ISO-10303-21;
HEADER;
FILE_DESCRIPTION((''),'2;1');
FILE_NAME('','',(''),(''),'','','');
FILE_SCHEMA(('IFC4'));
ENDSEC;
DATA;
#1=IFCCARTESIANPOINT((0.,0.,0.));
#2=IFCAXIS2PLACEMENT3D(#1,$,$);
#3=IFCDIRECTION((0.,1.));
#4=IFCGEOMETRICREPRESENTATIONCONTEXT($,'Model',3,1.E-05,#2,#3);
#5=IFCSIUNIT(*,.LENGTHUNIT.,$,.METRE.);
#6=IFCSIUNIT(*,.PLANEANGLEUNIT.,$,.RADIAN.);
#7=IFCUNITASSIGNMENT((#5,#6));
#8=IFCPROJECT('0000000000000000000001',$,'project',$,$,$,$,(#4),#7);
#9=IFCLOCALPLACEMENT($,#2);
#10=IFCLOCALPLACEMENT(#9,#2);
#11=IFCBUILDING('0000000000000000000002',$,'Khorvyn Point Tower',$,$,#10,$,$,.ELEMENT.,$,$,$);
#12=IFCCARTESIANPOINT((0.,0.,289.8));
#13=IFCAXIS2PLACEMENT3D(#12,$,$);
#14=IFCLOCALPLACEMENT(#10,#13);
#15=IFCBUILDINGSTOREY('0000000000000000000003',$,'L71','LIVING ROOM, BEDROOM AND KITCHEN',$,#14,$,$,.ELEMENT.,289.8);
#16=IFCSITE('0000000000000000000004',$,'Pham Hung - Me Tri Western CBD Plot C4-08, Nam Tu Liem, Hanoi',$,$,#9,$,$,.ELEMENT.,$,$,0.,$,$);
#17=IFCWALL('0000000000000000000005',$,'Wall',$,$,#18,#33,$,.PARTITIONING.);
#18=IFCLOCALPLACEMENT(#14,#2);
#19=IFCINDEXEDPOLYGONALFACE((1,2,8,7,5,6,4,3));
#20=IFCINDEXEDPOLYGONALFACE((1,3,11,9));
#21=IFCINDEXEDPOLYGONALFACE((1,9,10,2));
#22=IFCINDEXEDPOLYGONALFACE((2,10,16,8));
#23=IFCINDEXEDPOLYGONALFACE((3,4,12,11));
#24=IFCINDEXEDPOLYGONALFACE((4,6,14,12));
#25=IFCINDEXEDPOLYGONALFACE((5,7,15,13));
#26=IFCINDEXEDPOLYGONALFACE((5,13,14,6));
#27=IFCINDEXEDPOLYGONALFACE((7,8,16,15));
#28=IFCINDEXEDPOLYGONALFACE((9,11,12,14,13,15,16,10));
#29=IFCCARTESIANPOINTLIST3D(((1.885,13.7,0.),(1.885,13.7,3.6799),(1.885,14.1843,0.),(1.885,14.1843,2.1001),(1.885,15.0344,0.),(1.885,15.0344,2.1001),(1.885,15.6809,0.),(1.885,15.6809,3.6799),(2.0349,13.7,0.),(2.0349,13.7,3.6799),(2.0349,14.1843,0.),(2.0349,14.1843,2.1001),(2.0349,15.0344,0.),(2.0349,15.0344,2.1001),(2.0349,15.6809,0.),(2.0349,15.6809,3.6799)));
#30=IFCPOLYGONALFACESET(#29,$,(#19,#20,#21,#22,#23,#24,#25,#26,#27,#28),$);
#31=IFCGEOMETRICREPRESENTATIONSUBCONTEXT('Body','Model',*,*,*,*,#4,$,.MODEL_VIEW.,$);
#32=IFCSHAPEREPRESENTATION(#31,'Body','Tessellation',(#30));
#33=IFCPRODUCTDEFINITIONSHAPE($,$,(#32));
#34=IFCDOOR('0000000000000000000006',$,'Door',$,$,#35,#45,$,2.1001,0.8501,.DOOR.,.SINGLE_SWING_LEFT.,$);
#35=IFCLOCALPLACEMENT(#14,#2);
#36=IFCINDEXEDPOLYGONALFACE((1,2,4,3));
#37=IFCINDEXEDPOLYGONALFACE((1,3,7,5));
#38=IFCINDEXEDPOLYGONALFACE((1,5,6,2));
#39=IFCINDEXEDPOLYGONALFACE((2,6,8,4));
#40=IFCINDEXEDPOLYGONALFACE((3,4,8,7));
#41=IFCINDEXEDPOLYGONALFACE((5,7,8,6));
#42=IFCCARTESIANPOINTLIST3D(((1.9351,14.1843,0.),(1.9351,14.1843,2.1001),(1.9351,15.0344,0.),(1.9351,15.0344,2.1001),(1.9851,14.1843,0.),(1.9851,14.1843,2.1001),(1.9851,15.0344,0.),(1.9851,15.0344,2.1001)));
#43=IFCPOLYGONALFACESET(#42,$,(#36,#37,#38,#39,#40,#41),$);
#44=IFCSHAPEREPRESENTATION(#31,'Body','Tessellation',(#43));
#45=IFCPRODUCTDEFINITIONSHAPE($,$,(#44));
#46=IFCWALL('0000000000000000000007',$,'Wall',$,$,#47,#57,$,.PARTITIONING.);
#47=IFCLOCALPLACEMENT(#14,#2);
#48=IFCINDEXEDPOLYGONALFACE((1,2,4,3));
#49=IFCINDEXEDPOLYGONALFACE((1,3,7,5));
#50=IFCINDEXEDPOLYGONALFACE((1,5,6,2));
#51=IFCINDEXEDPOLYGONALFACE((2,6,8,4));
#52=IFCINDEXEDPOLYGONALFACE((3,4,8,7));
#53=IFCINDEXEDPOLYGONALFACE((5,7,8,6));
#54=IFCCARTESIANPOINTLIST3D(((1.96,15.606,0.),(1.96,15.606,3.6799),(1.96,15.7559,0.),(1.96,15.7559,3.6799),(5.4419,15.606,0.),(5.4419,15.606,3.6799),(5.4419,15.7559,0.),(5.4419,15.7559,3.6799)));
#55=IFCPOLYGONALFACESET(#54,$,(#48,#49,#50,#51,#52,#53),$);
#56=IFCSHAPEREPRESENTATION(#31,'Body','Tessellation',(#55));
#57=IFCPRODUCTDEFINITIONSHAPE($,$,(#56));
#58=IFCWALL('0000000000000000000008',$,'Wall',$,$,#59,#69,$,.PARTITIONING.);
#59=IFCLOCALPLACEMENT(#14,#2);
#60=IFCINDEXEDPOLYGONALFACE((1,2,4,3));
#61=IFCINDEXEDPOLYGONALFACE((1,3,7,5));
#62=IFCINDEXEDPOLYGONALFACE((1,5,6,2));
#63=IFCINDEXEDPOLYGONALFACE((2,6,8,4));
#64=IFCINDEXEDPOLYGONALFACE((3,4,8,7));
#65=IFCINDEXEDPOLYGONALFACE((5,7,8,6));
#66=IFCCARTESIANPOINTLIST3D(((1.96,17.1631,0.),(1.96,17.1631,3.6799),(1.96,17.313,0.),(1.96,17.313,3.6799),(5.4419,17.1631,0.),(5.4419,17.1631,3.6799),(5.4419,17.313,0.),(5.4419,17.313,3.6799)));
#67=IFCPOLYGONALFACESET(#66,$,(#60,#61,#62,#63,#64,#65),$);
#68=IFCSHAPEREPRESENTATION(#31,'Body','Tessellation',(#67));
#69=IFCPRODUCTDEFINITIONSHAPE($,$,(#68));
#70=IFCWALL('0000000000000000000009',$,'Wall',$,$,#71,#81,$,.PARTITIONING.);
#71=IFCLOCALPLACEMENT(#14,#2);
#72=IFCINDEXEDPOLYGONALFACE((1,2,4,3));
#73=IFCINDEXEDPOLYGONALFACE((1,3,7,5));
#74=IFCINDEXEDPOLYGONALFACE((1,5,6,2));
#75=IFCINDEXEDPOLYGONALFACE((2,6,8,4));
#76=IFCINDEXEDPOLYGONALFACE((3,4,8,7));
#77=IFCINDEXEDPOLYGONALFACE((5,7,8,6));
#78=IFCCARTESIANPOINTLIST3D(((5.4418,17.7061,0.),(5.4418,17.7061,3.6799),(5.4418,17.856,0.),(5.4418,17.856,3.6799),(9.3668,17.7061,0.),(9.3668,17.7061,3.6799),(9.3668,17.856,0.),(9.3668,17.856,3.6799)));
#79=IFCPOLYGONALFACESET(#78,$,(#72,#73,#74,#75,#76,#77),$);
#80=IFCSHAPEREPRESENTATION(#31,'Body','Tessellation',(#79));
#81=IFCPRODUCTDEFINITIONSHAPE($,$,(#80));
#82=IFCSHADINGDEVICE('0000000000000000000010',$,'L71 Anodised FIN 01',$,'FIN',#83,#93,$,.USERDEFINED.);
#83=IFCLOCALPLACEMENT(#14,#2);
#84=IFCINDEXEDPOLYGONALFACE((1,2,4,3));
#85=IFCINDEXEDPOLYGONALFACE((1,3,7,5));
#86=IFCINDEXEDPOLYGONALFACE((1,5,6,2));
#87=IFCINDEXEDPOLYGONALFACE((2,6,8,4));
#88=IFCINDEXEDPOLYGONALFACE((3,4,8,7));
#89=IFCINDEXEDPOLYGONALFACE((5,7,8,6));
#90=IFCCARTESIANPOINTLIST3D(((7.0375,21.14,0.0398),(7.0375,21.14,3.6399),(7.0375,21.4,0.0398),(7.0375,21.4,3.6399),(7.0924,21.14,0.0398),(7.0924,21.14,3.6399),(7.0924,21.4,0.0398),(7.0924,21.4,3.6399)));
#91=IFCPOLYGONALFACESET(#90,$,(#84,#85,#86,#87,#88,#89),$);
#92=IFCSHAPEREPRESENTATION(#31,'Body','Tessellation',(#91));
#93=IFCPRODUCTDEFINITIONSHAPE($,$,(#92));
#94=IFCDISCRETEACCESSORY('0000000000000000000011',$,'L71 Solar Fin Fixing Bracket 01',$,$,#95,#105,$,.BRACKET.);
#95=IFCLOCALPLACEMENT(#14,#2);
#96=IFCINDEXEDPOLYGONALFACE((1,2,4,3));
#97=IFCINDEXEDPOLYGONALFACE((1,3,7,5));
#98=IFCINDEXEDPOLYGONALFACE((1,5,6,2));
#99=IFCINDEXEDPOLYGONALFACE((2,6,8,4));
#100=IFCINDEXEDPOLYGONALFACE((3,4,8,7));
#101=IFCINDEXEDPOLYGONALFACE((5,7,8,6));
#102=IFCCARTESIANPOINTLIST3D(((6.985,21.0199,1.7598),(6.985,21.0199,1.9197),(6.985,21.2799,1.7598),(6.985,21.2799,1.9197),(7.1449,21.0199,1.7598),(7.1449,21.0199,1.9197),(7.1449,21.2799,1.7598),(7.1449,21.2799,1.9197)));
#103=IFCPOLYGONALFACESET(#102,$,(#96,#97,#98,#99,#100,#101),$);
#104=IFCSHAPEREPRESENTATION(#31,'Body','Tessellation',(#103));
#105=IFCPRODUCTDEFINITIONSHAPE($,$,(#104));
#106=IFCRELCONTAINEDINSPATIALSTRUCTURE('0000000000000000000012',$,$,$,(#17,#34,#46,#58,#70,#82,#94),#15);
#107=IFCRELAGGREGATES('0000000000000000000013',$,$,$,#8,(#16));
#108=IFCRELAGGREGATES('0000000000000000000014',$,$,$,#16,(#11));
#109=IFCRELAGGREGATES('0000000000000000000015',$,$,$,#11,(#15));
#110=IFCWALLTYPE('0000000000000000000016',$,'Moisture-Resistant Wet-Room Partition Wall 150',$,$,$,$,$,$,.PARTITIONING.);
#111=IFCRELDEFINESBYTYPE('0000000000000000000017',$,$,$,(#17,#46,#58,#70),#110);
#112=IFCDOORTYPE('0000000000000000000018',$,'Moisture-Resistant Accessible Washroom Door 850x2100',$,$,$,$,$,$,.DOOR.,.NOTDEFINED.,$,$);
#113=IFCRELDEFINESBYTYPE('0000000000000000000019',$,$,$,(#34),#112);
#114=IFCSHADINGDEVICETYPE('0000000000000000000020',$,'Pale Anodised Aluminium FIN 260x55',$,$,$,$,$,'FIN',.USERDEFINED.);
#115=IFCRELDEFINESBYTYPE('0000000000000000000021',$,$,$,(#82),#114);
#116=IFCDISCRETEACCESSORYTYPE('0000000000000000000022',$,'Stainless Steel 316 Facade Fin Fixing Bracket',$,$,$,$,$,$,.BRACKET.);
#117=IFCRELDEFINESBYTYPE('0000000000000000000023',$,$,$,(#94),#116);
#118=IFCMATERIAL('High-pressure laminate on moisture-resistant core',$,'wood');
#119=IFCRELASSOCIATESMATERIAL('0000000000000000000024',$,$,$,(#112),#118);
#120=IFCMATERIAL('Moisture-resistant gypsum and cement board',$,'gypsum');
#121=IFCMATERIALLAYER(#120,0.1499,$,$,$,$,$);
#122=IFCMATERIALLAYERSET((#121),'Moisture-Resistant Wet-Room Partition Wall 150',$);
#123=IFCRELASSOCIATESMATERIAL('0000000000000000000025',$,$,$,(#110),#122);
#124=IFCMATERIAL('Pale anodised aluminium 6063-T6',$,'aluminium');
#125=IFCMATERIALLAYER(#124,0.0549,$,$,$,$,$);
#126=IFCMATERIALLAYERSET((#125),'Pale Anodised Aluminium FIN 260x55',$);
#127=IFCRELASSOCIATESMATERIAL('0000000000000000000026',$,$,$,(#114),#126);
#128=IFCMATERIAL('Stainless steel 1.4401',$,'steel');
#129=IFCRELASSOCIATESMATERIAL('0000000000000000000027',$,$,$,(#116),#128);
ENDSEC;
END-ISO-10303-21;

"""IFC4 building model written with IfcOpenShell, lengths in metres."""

from ifc_helpers import new_model, si_unit, direction, frame, frame_2d, origin, origin_2d, place, context, subcontext, project, spatial, rectangle, extrude, material, layer, layer_set, type_object, element, fill, save


model = new_model("IFC4")

# Units and contexts
model_context = context("Model", 3, precision=1e-05, world=origin(), true_north=direction((0.0, 1.0)))
body_context = subcontext(model_context, "Body", "Model", "MODEL_VIEW")
ifc_project = project(units=[si_unit("LENGTHUNIT", "METRE"), si_unit("PLANEANGLEUNIT", "RADIAN")], contexts=[model_context])

# Site, building, storey
site_placement = place(None, origin())
site = spatial("IfcSite", under=ifc_project, at=site_placement, Name="Pham Hung - Me Tri Western CBD Plot C4-08, Nam Tu Liem, Hanoi", CompositionType="ELEMENT", RefElevation=0.0)
building_placement = place(site_placement, origin())
building = spatial("IfcBuilding", under=site, at=building_placement, Name="Khorvyn Point Tower", CompositionType="ELEMENT")
storey_placement = place(building_placement, frame((0.0, 0.0, 289.8)))
storey = spatial("IfcBuildingStorey", under=building, at=storey_placement, Name="L71", Description="LIVING ROOM, BEDROOM AND KITCHEN", CompositionType="ELEMENT", Elevation=289.8)

# Wall, opening, door
ifc_material_1 = material(Name="High-pressure laminate on moisture-resistant core", Category="wood")
door_type_1 = type_object("IfcDoorType", Name="Moisture-Resistant Accessible Washroom Door 850x2100", OperationType="NOTDEFINED", PredefinedType="DOOR", material=ifc_material_1)
ifc_material_2 = material(Name="Moisture-resistant gypsum and cement board", Category="gypsum")
ifc_layer_1 = layer(ifc_material_2, 0.1499)
ifc_layer_set_1 = layer_set([ifc_layer_1], Name="Moisture-Resistant Wet-Room Partition Wall 150")
wall_type_1 = type_object("IfcWallType", Name="Moisture-Resistant Wet-Room Partition Wall 150", PredefinedType="PARTITIONING", material=ifc_layer_set_1)
wall_1_placement = place(storey_placement, frame((1.96, 13.7, 0.0), z_axis=(0.0, 0.0, 1.0), x_axis=(0.0, 1.0, 0.0)))
wall_1 = element("IfcWall", 1, at=wall_1_placement, inside=storey, type_object=wall_type_1, Name="Wall", PredefinedType="PARTITIONING", context=body_context, shape_type="SweptSolid", body=[
    extrude(rectangle(XDim=1.981, YDim=0.1499, at=frame_2d((0.9905, 0.0))), origin(), (0.0, 0.0, 1.0), 3.6799),
])
opening_1_placement = place(wall_1_placement, frame((0.4844, 0.0, 0.0)))
opening_1 = element("IfcOpeningElement", 2, at=opening_1_placement, cuts=wall_1, PredefinedType="OPENING", context=body_context, shape_type="SweptSolid", body=[
    extrude(rectangle(XDim=0.8501, YDim=2.1001, at=frame_2d((0.425, 1.05))), frame((0.0, 0.085, 0.0), z_axis=(0.0, -1.0, 0.0), x_axis=(1.0, 0.0, 0.0)), (0.0, 0.0, 1.0), 0.1699),
])
door_1_placement = place(opening_1_placement, origin())
door_1 = element("IfcDoor", 3, at=door_1_placement, inside=storey, type_object=door_type_1, Name="Door", OperationType="SINGLE_SWING_LEFT", OverallHeight=2.1001, OverallWidth=0.8501, PredefinedType="DOOR", context=body_context, shape_type="SweptSolid", body=[
    extrude(rectangle(XDim=0.8501, YDim=2.1001, at=frame_2d((0.425, 1.05))), frame((0.0, 0.0249, 0.0), z_axis=(0.0, -1.0, 0.0), x_axis=(1.0, 0.0, 0.0)), (0.0, 0.0, 1.0), 0.05),
])
fill(opening_1, door_1)

# Walls
for number, where, z_axis, x_axis, name in (
    (4, (1.96, 15.6809, 0.0), (0.0, 0.0, 1.0), (1.0, 0.0, 0.0), "Wall"),
    (5, (1.96, 17.238, 0.0), (0.0, 0.0, 1.0), (1.0, 0.0, 0.0), "Wall"),
):
    element("IfcWall", number, at=place(storey_placement, frame(where, z_axis=z_axis, x_axis=x_axis)), inside=storey, type_object=wall_type_1, Name=name, PredefinedType="PARTITIONING", context=body_context, shape_type="SweptSolid", body=[
        extrude(rectangle(XDim=3.4819, YDim=0.1499, at=frame_2d((1.741, 0.0))), origin(), (0.0, 0.0, 1.0), 3.6799),
    ])
wall_2_placement = place(storey_placement, frame((5.4419, 17.781, 0.0), z_axis=(0.0, 0.0, 1.0), x_axis=(1.0, 0.0, 0.0)))
element("IfcWall", 6, at=wall_2_placement, inside=storey, type_object=wall_type_1, Name="Wall", PredefinedType="PARTITIONING", context=body_context, shape_type="SweptSolid", body=[
    extrude(rectangle(XDim=3.925, YDim=0.1499, at=frame_2d((1.9624, 0.0))), origin(), (0.0, 0.0, 1.0), 3.6799),
])

# Shading device
ifc_material_3 = material(Name="Pale anodised aluminium 6063-T6", Category="aluminium")
ifc_layer_2 = layer(ifc_material_3, 0.0549)
ifc_layer_set_2 = layer_set([ifc_layer_2], Name="Pale Anodised Aluminium FIN 260x55")
shading_device_type = type_object("IfcShadingDeviceType", Name="Pale Anodised Aluminium FIN 260x55", ElementType="FIN", PredefinedType="USERDEFINED", material=ifc_layer_set_2)
shading_device_placement = place(storey_placement, frame((7.0649, 21.27, 0.0398), z_axis=(0.0, 0.0, 1.0), x_axis=(0.0, 1.0, 0.0)))
element("IfcShadingDevice", 7, at=shading_device_placement, inside=storey, type_object=shading_device_type, Name="L71 Anodised FIN 01", ObjectType="FIN", PredefinedType="USERDEFINED", context=body_context, shape_type="SweptSolid", body=[
    extrude(rectangle(XDim=0.26, YDim=0.0549, at=origin_2d()), origin(), (0.0, 0.0, 1.0), 3.6001),
])

# Discrete accessory
ifc_material_4 = material(Name="Stainless steel 1.4401", Category="steel")
discrete_accessory_type = type_object("IfcDiscreteAccessoryType", Name="Stainless Steel 316 Facade Fin Fixing Bracket", PredefinedType="BRACKET", material=ifc_material_4)
discrete_accessory_placement = place(storey_placement, frame((7.0649, 21.1499, 1.7598), z_axis=(0.0, 0.0, 1.0), x_axis=(1.0, 0.0, 0.0)))
element("IfcDiscreteAccessory", 8, at=discrete_accessory_placement, inside=storey, type_object=discrete_accessory_type, Name="L71 Solar Fin Fixing Bracket 01", PredefinedType="BRACKET", context=body_context, shape_type="SweptSolid", body=[
    extrude(rectangle(XDim=0.1599, YDim=0.26, at=origin_2d()), origin(), (0.0, 0.0, 1.0), 0.1599),
])

save(model, "model.ifc")
